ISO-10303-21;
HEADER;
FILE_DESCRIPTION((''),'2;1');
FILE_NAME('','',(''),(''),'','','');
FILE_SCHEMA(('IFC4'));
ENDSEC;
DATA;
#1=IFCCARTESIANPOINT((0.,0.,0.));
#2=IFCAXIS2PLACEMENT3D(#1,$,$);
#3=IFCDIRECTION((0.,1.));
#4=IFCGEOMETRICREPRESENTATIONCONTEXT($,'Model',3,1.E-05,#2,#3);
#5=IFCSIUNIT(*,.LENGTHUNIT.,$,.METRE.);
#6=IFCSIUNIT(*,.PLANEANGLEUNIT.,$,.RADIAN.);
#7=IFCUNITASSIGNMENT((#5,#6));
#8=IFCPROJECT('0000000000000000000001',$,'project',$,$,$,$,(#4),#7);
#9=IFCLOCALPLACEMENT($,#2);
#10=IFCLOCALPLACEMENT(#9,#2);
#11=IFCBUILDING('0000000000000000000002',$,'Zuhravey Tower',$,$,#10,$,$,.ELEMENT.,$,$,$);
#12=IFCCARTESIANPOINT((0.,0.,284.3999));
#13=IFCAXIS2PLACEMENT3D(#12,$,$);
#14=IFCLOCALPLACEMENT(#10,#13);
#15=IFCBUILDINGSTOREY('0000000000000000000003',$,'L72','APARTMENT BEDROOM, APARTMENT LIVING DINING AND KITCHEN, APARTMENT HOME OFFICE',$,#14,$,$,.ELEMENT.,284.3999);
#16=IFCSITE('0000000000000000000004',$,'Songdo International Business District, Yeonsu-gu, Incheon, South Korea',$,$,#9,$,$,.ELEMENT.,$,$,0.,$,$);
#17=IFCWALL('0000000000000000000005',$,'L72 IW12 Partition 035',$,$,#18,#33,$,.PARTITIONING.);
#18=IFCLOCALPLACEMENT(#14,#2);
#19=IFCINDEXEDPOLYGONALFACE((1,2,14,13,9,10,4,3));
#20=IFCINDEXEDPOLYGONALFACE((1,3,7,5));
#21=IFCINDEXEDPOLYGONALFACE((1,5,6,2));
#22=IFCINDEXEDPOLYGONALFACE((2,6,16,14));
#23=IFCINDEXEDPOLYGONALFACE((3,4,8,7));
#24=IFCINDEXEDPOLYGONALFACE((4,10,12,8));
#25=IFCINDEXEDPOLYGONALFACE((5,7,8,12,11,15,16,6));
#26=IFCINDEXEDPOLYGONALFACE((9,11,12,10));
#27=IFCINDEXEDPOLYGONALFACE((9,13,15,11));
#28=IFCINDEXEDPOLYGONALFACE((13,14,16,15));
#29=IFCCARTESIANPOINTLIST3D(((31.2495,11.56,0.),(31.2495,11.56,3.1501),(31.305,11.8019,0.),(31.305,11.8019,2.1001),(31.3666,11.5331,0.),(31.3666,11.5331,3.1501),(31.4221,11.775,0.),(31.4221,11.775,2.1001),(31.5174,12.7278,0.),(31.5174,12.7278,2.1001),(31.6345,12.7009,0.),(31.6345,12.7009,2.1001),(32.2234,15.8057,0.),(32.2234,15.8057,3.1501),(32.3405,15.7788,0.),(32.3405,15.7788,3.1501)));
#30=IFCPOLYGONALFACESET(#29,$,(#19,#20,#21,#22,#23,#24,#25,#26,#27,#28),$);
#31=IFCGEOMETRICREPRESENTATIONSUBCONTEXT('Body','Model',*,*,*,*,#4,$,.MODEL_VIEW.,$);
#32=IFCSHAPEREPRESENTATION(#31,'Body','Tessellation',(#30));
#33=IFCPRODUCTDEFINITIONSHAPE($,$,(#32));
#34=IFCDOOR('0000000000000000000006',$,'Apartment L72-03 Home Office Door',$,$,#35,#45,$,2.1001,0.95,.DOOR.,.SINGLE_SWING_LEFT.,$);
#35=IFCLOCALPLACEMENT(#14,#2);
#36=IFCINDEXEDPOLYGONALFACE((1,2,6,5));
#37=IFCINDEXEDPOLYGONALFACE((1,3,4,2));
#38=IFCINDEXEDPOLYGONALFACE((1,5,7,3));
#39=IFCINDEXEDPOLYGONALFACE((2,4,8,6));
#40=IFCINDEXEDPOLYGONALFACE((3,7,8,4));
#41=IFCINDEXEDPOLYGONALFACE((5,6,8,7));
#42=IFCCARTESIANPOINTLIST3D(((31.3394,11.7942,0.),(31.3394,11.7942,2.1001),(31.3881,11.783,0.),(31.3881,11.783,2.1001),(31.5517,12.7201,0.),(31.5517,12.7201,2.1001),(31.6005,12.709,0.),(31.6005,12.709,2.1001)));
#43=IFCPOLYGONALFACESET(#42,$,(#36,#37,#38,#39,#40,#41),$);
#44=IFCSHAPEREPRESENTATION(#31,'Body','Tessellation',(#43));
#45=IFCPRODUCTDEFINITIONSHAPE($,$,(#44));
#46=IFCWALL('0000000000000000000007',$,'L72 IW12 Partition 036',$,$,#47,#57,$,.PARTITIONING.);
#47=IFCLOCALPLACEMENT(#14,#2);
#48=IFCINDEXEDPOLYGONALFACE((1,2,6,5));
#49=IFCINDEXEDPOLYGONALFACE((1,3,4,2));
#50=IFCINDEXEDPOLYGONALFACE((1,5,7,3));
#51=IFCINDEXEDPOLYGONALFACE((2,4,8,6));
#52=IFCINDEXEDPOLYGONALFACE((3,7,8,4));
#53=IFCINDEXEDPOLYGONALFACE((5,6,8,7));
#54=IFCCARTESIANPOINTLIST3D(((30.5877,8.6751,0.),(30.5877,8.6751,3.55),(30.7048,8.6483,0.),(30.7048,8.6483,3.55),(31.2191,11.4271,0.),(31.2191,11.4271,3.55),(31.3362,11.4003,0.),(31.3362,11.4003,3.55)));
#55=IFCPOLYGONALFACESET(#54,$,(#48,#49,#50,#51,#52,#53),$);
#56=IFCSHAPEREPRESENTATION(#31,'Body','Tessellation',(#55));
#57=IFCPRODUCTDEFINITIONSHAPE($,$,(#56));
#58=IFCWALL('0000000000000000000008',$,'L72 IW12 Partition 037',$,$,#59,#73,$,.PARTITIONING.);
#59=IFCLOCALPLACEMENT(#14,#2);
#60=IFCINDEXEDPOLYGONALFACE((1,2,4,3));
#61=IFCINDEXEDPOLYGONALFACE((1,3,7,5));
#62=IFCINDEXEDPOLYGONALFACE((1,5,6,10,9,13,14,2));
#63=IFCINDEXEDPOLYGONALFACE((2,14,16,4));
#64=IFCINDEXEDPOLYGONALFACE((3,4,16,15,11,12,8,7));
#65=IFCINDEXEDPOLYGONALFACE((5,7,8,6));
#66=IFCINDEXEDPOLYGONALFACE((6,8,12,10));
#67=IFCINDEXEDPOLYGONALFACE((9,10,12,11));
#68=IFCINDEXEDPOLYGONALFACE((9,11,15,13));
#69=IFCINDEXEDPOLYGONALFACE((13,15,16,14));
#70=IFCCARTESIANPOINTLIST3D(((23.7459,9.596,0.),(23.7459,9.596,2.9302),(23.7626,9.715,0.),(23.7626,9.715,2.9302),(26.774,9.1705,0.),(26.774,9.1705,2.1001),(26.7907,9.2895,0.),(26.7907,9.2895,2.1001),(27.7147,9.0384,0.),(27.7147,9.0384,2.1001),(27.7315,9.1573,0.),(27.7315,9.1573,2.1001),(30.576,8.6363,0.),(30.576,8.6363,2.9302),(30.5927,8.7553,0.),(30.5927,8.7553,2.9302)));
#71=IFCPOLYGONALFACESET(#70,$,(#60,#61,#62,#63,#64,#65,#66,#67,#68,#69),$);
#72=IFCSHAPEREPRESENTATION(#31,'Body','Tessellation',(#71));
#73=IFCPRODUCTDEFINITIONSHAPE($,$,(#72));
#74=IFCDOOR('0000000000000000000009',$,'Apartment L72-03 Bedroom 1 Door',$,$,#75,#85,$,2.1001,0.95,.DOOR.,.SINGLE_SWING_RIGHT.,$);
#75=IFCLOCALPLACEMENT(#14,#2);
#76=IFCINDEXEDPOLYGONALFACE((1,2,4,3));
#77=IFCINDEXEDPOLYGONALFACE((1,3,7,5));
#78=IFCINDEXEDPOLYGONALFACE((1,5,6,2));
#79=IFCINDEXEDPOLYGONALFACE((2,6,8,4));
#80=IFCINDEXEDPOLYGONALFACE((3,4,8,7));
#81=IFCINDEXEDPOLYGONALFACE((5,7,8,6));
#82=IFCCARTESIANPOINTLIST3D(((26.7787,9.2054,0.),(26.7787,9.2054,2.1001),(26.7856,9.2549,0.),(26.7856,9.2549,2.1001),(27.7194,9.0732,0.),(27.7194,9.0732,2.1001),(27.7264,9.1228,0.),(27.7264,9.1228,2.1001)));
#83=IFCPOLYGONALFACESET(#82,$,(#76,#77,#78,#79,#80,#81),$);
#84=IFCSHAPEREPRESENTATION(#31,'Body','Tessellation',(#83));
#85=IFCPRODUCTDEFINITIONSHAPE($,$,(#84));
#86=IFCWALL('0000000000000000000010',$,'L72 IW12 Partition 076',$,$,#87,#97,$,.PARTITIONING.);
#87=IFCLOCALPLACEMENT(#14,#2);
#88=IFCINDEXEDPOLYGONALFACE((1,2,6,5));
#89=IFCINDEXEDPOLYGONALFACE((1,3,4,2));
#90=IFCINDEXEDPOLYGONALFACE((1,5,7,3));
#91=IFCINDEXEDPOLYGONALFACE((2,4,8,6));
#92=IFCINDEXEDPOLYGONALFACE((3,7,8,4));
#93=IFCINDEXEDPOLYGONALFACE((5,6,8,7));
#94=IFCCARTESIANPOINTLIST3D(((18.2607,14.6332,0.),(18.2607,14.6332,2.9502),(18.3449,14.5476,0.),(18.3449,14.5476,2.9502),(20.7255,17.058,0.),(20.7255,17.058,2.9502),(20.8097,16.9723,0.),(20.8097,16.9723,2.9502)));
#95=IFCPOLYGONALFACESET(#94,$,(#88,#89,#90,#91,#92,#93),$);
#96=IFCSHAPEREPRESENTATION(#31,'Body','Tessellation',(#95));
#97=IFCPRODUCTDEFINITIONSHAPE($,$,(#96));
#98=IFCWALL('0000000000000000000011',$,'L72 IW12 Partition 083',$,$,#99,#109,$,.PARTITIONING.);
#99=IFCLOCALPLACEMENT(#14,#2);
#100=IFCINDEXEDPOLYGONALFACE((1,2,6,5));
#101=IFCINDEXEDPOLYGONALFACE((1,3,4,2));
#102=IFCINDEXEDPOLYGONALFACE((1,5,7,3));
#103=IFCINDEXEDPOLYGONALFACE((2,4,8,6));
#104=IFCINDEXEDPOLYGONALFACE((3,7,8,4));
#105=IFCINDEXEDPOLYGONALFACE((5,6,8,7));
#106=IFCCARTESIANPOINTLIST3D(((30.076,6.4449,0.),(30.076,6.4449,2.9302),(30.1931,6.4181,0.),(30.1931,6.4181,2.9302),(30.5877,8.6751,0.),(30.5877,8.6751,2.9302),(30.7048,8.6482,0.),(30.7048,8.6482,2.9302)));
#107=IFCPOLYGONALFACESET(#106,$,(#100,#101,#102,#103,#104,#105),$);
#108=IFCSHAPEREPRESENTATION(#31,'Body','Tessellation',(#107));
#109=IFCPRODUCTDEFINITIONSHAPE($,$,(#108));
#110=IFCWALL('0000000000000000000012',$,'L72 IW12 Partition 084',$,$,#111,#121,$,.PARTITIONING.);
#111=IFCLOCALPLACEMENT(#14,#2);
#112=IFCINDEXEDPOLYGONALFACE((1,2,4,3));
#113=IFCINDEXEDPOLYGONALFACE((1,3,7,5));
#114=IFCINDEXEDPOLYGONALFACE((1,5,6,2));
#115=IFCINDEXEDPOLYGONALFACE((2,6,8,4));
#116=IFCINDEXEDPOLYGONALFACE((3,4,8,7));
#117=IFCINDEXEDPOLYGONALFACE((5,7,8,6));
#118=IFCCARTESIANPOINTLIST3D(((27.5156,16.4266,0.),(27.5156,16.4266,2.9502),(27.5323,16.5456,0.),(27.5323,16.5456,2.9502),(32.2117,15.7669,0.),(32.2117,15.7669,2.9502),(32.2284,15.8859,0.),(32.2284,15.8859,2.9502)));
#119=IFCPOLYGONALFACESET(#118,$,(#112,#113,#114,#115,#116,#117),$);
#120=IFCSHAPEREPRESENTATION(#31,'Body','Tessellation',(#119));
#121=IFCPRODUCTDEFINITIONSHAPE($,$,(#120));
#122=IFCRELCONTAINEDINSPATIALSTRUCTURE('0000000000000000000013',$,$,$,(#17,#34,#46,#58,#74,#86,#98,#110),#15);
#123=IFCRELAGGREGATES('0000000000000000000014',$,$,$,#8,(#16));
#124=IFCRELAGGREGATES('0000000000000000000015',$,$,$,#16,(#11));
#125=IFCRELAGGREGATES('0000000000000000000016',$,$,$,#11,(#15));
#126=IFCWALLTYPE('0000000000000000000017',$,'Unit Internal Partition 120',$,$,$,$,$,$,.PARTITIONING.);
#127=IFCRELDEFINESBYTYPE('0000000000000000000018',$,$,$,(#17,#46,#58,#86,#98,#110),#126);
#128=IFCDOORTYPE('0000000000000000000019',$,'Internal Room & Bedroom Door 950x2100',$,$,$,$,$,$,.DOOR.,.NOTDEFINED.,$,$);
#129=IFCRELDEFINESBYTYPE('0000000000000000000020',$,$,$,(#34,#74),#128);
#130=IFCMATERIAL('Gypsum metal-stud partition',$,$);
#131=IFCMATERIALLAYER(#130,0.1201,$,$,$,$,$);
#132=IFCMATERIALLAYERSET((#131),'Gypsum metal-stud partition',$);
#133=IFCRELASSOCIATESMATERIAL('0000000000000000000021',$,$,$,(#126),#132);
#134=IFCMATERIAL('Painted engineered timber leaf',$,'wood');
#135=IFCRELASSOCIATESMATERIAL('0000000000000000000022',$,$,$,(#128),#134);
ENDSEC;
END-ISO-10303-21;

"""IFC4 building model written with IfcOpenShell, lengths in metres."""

from ifc_helpers import new_model, si_unit, direction, frame, frame_2d, origin, place, context, subcontext, project, spatial, rectangle, extrude, material, layer, layer_set, type_object, element, fill, save


model = new_model("IFC4")

# Units and contexts
model_context = context("Model", 3, precision=1e-05, world=origin(), true_north=direction((0.0, 1.0)))
body_context = subcontext(model_context, "Body", "Model", "MODEL_VIEW")
ifc_project = project(units=[si_unit("LENGTHUNIT", "METRE"), si_unit("PLANEANGLEUNIT", "RADIAN")], contexts=[model_context])

# Site, building, storey
site_placement = place(None, origin())
site = spatial("IfcSite", under=ifc_project, at=site_placement, Name="Songdo International Business District, Yeonsu-gu, Incheon, South Korea", CompositionType="ELEMENT", RefElevation=0.0)
building_placement = place(site_placement, origin())
building = spatial("IfcBuilding", under=site, at=building_placement, Name="Zuhravey Tower", CompositionType="ELEMENT")
storey_placement = place(building_placement, frame((0.0, 0.0, 284.3999)))
storey = spatial("IfcBuildingStorey", under=building, at=storey_placement, Name="L72", Description="APARTMENT BEDROOM, APARTMENT LIVING DINING AND KITCHEN, APARTMENT HOME OFFICE", CompositionType="ELEMENT", Elevation=284.3999)

# Shared definitions
ifc_material_1 = material(Name="Gypsum metal-stud partition")
ifc_layer_1 = layer(ifc_material_1, 0.1201)
ifc_layer_set_1 = layer_set([ifc_layer_1], Name="Gypsum metal-stud partition")
wall_type_1 = type_object("IfcWallType", Name="Unit Internal Partition 120", PredefinedType="PARTITIONING", material=ifc_layer_set_1)
ifc_material_2 = material(Name="Painted engineered timber leaf", Category="wood")
door_type_1 = type_object("IfcDoorType", Name="Internal Room & Bedroom Door 950x2100", OperationType="NOTDEFINED", PredefinedType="DOOR", material=ifc_material_2)

# Wall, opening, door
wall_1_placement = place(storey_placement, frame((32.282, 15.7922, 0.0), z_axis=(0.0, 0.0, 1.0), x_axis=(-0.223578, -0.974686, 0.0)))
wall_1 = element("IfcWall", 1, at=wall_1_placement, inside=storey, type_object=wall_type_1, Name="L72 IW12 Partition 035", PredefinedType="PARTITIONING", context=body_context, shape_type="SweptSolid", body=[
    extrude(rectangle(XDim=4.356, YDim=0.1201, at=frame_2d((2.178, 0.0))), origin(), (0.0, 0.0, 1.0), 3.1501),
])
opening_1_placement = place(wall_1_placement, frame((3.1577, 0.0, 0.0)))
opening_1 = element("IfcOpeningElement", 2, at=opening_1_placement, cuts=wall_1, PredefinedType="OPENING", context=body_context, shape_type="SweptSolid", body=[
    extrude(rectangle(XDim=0.95, YDim=2.1001, at=frame_2d((0.4751, 1.05))), frame((0.0, 0.072, 0.0), z_axis=(0.0, -1.0, 0.0), x_axis=(1.0, 0.0, 0.0)), (0.0, 0.0, 1.0), 0.144),
])
door_1_placement = place(opening_1_placement, frame((0.95, 0.0, 0.0), z_axis=(0.0, 0.0, 1.0), x_axis=(-1.0, 0.0, 0.0)))
door_1 = element("IfcDoor", 3, at=door_1_placement, inside=storey, type_object=door_type_1, Name="Apartment L72-03 Home Office Door", OperationType="SINGLE_SWING_LEFT", OverallHeight=2.1001, OverallWidth=0.95, PredefinedType="DOOR", context=body_context, shape_type="SweptSolid", body=[
    extrude(rectangle(XDim=0.95, YDim=2.1001, at=frame_2d((0.4751, 1.05))), frame((0.0, 0.0249, 0.0), z_axis=(0.0, -1.0, 0.0), x_axis=(1.0, 0.0, 0.0)), (0.0, 0.0, 1.0), 0.05),
])
fill(opening_1, door_1)

# Wall
wall_2_placement = place(storey_placement, frame((31.2776, 11.4136, 0.0), z_axis=(0.0, 0.0, 1.0), x_axis=(-0.223609, -0.974679, 0.0)))
element("IfcWall", 4, at=wall_2_placement, inside=storey, type_object=wall_type_1, Name="L72 IW12 Partition 036", PredefinedType="PARTITIONING", context=body_context, shape_type="SweptSolid", body=[
    extrude(rectangle(XDim=2.8235, YDim=0.1201, at=frame_2d((1.4116, 0.0))), origin(), (0.0, 0.0, 1.0), 3.55),
])

# Wall, opening, door
wall_3_placement = place(storey_placement, frame((23.7542, 9.6555, 0.0), z_axis=(0.0, 0.0, 1.0), x_axis=(0.990272, -0.139146, 0.0)))
wall_3 = element("IfcWall", 5, at=wall_3_placement, inside=storey, type_object=wall_type_1, Name="L72 IW12 Partition 037", PredefinedType="PARTITIONING", context=body_context, shape_type="SweptSolid", body=[
    extrude(rectangle(XDim=6.8972, YDim=0.1201, at=frame_2d((3.4487, 0.0))), origin(), (0.0, 0.0, 1.0), 2.9302),
])
opening_2_placement = place(wall_3_placement, frame((3.0579, 0.0, 0.0)))
opening_2 = element("IfcOpeningElement", 6, at=opening_2_placement, cuts=wall_3, PredefinedType="OPENING", context=body_context, shape_type="SweptSolid", body=[
    extrude(rectangle(XDim=0.95, YDim=2.1001, at=frame_2d((0.4751, 1.05))), frame((0.0, 0.072, 0.0), z_axis=(0.0, -1.0, 0.0), x_axis=(1.0, 0.0, 0.0)), (0.0, 0.0, 1.0), 0.144),
])
door_2_placement = place(opening_2_placement, frame((0.95, 0.0, 0.0), z_axis=(0.0, 0.0, 1.0), x_axis=(-1.0, 0.0, 0.0)))
door_2 = element("IfcDoor", 7, at=door_2_placement, inside=storey, type_object=door_type_1, Name="Apartment L72-03 Bedroom 1 Door", OperationType="SINGLE_SWING_RIGHT", OverallHeight=2.1001, OverallWidth=0.95, PredefinedType="DOOR", context=body_context, shape_type="SweptSolid", body=[
    extrude(rectangle(XDim=0.95, YDim=2.1001, at=frame_2d((0.4751, 1.05))), frame((0.0, 0.0249, 0.0), z_axis=(0.0, -1.0, 0.0), x_axis=(1.0, 0.0, 0.0)), (0.0, 0.0, 1.0), 0.05),
])
fill(opening_2, door_2)

# Walls
wall_4_placement = place(storey_placement, frame((20.7676, 17.0151, 0.0), z_axis=(0.0, 0.0, 1.0), x_axis=(-0.712873, -0.701293, 0.0)))
element("IfcWall", 8, at=wall_4_placement, inside=storey, type_object=wall_type_1, Name="L72 IW12 Partition 076", PredefinedType="PARTITIONING", context=body_context, shape_type="SweptSolid", body=[
    extrude(rectangle(XDim=3.4575, YDim=0.1201, at=frame_2d((1.7288, 0.0))), origin(), (0.0, 0.0, 1.0), 2.9502),
])
wall_5_placement = place(storey_placement, frame((30.6462, 8.6616, 0.0), z_axis=(0.0, 0.0, 1.0), x_axis=(-0.223636, -0.974673, 0.0)))
element("IfcWall", 9, at=wall_5_placement, inside=storey, type_object=wall_type_1, Name="L72 IW12 Partition 083", PredefinedType="PARTITIONING", context=body_context, shape_type="SweptSolid", body=[
    extrude(rectangle(XDim=2.2881, YDim=0.1201, at=frame_2d((1.144, 0.0))), origin(), (0.0, 0.0, 1.0), 2.9302),
])
wall_6_placement = place(storey_placement, frame((27.5239, 16.4861, 0.0), z_axis=(0.0, 0.0, 1.0), x_axis=(0.990277, -0.139107, 0.0)))
element("IfcWall", 10, at=wall_6_placement, inside=storey, type_object=wall_type_1, Name="L72 IW12 Partition 084", PredefinedType="PARTITIONING", context=body_context, shape_type="SweptSolid", body=[
    extrude(rectangle(XDim=4.7422, YDim=0.1201, at=frame_2d((2.3711, 0.0))), origin(), (0.0, 0.0, 1.0), 2.9502),
])

save(model, "model.ifc")
